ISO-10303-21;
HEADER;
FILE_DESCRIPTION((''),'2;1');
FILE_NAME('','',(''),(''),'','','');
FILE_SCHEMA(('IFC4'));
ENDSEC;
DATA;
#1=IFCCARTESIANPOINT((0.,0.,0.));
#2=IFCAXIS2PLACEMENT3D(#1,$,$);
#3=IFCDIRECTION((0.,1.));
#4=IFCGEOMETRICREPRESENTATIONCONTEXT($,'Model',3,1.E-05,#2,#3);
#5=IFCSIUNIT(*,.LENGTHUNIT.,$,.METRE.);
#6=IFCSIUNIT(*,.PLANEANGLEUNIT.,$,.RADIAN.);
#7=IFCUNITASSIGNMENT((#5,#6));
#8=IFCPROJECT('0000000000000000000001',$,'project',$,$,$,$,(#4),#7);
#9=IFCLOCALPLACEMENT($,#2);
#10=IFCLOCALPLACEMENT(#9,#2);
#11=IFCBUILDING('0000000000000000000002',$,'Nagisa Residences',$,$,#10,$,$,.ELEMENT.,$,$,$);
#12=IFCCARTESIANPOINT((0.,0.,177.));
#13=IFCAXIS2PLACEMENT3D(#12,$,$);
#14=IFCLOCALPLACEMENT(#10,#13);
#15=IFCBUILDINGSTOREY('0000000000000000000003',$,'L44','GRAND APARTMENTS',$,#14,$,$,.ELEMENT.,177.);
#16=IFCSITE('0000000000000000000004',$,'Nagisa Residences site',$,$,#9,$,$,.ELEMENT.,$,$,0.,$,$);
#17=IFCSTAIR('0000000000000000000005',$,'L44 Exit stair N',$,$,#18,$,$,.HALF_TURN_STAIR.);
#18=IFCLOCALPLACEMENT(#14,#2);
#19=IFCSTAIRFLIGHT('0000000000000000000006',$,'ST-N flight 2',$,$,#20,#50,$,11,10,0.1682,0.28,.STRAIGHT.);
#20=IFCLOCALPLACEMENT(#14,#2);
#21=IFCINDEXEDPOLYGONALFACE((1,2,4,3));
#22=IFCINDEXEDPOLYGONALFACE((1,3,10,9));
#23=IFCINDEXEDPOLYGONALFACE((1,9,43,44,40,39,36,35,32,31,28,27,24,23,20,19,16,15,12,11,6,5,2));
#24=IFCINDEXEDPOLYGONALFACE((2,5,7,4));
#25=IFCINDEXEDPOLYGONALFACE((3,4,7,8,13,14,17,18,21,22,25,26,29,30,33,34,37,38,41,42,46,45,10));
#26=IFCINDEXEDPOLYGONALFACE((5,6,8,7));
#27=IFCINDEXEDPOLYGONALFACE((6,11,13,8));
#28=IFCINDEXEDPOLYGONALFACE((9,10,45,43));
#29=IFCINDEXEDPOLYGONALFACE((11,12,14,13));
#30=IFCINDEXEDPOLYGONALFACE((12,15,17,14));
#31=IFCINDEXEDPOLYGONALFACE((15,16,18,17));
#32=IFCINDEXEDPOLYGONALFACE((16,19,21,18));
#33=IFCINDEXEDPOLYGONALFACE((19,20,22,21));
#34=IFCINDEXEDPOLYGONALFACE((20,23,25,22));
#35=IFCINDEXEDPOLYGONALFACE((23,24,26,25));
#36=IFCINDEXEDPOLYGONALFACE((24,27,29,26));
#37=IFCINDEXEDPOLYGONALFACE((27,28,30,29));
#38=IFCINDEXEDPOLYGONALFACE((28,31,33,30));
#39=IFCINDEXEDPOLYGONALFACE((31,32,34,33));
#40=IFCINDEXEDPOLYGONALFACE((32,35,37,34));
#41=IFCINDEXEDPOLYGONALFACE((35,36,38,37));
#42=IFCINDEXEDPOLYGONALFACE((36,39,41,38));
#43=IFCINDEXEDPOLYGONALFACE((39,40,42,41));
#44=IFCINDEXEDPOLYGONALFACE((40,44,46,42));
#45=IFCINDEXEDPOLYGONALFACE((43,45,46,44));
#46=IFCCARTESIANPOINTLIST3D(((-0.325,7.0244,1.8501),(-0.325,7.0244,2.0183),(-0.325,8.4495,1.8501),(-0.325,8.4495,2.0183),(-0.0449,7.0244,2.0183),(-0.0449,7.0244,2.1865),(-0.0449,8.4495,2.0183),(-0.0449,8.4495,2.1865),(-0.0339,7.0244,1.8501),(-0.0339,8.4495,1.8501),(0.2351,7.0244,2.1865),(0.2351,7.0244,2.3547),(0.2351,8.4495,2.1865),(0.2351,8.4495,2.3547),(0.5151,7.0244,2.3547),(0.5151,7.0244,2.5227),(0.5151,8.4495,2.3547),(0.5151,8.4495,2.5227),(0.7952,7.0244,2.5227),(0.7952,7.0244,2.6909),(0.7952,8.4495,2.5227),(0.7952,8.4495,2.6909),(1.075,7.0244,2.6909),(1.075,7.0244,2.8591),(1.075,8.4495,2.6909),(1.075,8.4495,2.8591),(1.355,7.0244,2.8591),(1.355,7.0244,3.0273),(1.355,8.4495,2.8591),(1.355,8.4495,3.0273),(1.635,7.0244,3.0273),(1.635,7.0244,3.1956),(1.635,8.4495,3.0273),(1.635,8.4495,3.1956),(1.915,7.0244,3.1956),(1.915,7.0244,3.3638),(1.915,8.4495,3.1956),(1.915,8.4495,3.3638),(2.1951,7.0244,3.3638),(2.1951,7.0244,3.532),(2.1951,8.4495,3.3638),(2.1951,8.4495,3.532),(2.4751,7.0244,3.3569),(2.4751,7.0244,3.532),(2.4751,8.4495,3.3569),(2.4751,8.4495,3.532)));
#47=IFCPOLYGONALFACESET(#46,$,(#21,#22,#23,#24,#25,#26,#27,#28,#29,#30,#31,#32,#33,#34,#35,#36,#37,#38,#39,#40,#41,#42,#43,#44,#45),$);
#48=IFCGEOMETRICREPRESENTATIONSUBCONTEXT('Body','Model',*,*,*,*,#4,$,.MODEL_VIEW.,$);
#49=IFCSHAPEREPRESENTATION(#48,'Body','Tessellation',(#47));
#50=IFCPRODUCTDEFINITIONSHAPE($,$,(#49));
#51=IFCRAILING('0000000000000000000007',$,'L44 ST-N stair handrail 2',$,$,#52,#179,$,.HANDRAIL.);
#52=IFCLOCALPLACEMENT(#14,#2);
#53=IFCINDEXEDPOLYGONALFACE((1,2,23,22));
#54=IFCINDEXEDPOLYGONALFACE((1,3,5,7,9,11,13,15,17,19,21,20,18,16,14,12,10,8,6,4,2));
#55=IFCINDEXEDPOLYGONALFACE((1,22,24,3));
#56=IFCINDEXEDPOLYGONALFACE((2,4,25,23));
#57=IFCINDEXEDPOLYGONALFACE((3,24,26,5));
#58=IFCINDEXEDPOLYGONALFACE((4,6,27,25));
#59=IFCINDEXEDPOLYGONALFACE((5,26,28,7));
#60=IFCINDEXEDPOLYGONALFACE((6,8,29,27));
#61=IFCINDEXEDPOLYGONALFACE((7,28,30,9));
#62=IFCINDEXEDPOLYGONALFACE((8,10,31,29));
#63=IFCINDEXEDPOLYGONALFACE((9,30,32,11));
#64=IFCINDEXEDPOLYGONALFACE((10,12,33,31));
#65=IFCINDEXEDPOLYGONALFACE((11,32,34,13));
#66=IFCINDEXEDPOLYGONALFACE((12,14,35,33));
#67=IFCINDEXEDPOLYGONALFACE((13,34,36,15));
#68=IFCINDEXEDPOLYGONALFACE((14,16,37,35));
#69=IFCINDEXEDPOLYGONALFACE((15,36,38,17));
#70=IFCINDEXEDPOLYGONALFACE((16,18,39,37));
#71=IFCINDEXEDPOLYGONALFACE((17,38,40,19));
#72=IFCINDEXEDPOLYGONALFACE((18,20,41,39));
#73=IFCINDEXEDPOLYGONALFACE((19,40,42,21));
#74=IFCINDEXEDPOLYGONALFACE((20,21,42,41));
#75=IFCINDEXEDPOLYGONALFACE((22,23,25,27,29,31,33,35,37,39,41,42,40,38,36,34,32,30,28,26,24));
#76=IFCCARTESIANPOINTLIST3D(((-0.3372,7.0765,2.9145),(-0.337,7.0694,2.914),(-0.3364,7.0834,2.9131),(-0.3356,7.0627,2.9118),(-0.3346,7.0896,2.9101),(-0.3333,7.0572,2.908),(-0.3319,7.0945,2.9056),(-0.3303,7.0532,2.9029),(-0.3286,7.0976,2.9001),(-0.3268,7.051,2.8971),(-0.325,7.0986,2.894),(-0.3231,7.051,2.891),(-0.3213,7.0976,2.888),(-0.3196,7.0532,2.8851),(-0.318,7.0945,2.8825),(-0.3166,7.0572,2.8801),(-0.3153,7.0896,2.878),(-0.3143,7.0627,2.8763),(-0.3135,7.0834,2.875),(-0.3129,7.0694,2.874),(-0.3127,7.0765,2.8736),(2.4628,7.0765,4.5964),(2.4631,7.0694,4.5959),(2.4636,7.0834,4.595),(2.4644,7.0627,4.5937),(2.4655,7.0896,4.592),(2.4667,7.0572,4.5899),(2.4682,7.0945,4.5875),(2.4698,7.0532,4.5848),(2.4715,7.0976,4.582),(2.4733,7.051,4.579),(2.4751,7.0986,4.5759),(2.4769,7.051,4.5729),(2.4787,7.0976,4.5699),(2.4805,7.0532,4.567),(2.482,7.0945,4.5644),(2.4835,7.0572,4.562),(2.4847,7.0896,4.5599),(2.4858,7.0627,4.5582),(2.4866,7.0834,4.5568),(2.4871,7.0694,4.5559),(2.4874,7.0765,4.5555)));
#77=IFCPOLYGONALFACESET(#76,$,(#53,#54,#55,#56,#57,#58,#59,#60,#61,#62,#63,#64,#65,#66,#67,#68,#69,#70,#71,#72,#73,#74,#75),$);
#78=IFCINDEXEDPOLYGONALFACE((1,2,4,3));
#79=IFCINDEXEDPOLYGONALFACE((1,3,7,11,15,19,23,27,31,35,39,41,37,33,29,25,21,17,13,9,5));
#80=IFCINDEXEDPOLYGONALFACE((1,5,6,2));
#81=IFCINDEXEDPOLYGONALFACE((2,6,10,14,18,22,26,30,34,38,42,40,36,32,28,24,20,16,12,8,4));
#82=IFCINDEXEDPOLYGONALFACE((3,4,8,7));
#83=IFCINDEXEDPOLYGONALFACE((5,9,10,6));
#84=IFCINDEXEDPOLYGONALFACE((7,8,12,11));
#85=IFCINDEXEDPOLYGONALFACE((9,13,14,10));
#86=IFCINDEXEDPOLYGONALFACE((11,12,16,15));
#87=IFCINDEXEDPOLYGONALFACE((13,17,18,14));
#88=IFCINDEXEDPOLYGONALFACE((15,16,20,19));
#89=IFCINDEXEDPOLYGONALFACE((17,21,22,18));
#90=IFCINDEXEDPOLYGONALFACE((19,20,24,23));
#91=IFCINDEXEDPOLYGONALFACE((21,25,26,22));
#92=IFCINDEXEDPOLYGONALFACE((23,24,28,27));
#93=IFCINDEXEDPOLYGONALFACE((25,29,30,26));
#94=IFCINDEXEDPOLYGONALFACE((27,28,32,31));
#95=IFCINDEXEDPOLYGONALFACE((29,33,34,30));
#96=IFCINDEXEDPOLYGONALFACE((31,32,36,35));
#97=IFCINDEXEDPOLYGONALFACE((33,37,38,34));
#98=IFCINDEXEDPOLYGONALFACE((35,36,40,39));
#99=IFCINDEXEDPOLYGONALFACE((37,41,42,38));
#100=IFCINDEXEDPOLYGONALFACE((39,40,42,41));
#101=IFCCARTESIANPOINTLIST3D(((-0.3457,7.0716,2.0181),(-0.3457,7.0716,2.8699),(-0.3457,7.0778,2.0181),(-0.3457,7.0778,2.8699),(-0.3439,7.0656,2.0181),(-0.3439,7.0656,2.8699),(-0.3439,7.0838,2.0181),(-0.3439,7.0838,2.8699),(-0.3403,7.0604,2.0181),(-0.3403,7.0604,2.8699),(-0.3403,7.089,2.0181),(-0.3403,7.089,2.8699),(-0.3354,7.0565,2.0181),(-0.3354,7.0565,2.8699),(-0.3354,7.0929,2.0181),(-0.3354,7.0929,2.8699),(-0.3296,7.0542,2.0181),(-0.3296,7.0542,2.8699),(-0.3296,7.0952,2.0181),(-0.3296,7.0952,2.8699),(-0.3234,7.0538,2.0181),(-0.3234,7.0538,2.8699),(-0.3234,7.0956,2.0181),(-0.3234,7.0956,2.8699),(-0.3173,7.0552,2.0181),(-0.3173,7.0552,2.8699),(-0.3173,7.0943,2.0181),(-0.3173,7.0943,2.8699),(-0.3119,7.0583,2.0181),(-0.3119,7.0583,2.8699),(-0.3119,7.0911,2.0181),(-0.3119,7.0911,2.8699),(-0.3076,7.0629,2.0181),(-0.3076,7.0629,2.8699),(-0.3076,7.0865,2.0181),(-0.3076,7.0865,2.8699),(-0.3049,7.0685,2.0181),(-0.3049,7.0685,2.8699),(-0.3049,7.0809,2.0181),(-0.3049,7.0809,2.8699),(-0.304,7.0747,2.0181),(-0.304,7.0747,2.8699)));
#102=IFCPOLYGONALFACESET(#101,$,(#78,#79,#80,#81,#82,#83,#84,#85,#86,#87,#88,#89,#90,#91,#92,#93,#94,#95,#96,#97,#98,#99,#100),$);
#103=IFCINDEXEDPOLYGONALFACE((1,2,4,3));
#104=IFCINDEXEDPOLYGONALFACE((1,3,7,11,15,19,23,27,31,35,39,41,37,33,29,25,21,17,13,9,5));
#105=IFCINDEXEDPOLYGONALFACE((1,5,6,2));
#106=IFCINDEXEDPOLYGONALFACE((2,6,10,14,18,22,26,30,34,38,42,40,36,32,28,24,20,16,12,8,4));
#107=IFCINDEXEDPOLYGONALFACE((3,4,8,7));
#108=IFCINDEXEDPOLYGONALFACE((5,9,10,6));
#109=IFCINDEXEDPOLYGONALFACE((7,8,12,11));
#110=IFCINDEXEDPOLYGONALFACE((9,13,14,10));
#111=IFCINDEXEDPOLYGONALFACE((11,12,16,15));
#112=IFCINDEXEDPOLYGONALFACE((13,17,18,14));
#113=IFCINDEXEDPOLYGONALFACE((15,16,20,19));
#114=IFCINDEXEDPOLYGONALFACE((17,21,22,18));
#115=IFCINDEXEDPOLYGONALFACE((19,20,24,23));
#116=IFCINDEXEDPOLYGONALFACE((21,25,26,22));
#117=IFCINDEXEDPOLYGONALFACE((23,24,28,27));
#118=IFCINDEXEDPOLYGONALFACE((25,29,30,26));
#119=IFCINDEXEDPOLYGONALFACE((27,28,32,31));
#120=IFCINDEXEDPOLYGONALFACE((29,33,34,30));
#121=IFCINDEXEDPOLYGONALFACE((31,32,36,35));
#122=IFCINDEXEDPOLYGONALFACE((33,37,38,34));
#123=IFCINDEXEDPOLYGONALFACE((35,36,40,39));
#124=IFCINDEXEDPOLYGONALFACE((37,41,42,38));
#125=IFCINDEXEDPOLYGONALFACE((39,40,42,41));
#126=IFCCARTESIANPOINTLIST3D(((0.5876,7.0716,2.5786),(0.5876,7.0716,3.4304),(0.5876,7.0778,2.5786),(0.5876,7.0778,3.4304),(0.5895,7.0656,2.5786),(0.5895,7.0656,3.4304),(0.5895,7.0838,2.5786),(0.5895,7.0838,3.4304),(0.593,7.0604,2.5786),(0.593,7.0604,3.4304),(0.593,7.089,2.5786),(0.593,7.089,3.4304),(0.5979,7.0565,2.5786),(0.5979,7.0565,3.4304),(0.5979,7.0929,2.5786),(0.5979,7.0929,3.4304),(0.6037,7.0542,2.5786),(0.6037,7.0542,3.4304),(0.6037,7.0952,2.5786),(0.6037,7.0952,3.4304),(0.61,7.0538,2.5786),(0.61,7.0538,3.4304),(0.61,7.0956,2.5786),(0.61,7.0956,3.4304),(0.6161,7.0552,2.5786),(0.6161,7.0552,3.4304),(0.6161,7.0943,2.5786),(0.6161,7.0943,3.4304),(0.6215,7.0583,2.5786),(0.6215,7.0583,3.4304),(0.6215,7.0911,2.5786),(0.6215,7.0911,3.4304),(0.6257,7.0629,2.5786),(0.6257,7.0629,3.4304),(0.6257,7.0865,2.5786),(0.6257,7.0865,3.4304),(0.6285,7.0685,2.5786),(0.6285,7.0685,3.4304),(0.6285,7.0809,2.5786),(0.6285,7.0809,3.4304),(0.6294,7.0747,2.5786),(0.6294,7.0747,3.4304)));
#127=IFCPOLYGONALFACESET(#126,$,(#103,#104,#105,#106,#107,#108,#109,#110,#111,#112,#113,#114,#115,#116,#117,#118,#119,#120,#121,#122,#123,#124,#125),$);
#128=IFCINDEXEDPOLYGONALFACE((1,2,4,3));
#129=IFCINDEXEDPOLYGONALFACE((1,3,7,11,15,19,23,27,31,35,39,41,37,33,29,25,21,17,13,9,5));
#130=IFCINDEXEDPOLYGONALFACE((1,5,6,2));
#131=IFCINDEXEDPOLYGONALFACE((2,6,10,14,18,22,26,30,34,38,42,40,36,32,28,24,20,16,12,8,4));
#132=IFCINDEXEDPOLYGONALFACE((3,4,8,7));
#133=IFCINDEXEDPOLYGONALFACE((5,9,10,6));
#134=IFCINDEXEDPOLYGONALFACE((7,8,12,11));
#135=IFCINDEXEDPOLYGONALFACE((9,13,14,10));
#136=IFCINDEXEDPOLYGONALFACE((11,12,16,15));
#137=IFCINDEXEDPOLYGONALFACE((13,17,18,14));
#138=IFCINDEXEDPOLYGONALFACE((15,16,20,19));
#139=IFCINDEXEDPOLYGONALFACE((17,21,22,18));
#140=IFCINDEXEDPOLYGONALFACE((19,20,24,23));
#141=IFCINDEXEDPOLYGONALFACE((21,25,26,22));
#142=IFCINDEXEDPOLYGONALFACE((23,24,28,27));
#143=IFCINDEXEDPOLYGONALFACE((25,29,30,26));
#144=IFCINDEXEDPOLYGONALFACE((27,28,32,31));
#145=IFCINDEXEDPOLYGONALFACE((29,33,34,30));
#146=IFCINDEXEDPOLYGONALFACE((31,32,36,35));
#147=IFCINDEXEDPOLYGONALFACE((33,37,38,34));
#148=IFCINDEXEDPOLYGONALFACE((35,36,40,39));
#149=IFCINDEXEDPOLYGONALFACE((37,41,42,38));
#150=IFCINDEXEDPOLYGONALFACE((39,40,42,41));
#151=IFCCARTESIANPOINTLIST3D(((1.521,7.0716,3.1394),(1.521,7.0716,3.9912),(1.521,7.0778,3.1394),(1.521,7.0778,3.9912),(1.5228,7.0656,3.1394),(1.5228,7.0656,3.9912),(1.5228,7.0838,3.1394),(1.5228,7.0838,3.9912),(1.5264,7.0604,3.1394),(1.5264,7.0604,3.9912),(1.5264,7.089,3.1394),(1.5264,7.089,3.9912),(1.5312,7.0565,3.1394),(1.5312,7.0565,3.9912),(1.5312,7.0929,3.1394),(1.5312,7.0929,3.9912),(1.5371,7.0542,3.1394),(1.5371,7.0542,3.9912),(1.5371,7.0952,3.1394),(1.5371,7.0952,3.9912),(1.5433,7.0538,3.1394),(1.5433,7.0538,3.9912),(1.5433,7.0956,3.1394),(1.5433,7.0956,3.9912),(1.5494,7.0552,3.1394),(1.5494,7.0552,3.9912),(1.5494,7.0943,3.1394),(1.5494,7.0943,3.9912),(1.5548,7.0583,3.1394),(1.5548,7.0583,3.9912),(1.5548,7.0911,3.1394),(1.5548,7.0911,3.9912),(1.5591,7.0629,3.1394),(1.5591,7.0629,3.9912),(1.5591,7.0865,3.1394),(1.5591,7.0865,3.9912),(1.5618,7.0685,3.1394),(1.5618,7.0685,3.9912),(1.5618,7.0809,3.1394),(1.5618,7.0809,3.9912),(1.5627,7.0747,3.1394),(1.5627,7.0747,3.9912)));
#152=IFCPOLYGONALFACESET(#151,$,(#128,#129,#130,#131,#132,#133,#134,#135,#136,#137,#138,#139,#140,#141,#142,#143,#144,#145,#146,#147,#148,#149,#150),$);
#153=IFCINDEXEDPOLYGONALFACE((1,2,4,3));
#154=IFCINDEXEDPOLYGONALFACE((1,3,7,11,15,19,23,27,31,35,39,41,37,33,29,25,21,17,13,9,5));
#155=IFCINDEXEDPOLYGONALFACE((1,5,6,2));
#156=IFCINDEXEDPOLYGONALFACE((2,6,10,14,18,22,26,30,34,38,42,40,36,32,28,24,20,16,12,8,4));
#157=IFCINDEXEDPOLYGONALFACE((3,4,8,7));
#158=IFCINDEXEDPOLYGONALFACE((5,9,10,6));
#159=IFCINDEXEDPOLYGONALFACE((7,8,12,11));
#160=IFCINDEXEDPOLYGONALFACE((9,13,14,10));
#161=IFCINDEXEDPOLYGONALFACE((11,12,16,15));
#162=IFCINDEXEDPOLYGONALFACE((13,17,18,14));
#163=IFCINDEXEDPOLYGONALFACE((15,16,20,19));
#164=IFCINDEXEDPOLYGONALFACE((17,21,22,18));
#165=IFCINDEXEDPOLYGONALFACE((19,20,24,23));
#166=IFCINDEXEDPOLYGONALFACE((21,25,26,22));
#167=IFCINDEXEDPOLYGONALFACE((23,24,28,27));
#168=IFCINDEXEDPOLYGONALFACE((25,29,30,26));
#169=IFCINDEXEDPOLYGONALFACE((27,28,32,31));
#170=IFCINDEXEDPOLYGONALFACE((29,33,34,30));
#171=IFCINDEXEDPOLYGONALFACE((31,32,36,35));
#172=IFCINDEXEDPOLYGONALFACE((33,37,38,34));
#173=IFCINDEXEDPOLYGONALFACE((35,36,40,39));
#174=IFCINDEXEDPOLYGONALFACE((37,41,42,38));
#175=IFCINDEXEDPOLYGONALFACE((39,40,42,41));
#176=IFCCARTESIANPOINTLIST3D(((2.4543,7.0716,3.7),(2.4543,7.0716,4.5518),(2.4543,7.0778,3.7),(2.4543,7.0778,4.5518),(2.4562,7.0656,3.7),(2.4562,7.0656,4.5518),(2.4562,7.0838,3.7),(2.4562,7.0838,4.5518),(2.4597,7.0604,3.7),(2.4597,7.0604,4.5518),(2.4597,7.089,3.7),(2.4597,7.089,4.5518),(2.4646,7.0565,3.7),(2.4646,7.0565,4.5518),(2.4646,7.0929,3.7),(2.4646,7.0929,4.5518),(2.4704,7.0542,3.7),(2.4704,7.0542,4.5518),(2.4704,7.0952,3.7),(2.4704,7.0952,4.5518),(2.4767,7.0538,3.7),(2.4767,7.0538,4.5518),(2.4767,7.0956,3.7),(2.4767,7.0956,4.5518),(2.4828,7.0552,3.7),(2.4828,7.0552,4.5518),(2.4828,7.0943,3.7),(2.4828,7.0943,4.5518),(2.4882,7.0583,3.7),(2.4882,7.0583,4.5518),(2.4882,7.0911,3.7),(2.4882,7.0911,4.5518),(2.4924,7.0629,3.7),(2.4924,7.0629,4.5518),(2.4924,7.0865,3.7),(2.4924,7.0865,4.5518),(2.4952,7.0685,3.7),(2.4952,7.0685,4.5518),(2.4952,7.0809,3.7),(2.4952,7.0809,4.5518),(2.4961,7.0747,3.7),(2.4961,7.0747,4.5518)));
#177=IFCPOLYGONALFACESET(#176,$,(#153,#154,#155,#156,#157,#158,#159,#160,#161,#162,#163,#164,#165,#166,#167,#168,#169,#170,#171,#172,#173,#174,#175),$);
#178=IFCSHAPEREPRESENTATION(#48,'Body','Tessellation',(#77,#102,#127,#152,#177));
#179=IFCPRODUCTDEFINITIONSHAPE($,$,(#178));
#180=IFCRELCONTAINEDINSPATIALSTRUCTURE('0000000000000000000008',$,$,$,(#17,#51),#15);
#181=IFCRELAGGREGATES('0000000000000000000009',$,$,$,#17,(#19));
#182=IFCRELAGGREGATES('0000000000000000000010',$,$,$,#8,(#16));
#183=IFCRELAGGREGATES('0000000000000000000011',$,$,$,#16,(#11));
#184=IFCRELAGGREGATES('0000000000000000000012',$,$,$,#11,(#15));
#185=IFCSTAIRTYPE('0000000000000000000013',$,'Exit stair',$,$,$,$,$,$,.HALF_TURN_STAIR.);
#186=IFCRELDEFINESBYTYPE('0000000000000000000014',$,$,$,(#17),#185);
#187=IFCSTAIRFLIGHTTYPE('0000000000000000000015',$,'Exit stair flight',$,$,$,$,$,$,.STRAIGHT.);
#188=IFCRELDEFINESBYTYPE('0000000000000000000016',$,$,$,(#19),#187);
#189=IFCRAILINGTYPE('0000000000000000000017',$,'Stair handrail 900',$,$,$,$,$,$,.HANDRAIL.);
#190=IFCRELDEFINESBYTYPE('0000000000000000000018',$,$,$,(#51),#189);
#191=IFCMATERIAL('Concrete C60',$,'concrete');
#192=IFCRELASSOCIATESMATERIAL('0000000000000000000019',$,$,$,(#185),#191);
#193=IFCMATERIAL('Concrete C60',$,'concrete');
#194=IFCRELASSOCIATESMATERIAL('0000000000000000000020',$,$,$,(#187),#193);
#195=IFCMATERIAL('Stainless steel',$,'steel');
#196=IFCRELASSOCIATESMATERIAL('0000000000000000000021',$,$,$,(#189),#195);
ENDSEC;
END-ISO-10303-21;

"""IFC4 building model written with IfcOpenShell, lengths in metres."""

from ifc_helpers import new_model, si_unit, direction, frame, origin, origin_2d, place, context, subcontext, project, spatial, polyline, circle, outline, extrude, material, type_object, element, aggregate, save


model = new_model("IFC4")

# Units and contexts
model_context = context("Model", 3, precision=1e-05, world=origin(), true_north=direction((0.0, 1.0)))
body_context = subcontext(model_context, "Body", "Model", "MODEL_VIEW")
ifc_project = project(units=[si_unit("LENGTHUNIT", "METRE"), si_unit("PLANEANGLEUNIT", "RADIAN")], contexts=[model_context])

# Site, building, storey
site_placement = place(None, origin())
site = spatial("IfcSite", under=ifc_project, at=site_placement, Name="Nagisa Residences site", CompositionType="ELEMENT", RefElevation=0.0)
building_placement = place(site_placement, origin())
building = spatial("IfcBuilding", under=site, at=building_placement, Name="Nagisa Residences", CompositionType="ELEMENT")
storey_placement = place(building_placement, frame((0.0, 0.0, 177.0)))
storey = spatial("IfcBuildingStorey", under=building, at=storey_placement, Name="L44", Description="GRAND APARTMENTS", CompositionType="ELEMENT", Elevation=177.0)

# Stair
ifc_material_1 = material(Name="Concrete C60", Category="concrete")
stair_type = type_object("IfcStairType", Name="Exit stair", PredefinedType="HALF_TURN_STAIR", material=ifc_material_1)
stair_1_placement = place(storey_placement, origin())
stair_1 = element("IfcStair", 1, at=stair_1_placement, inside=storey, type_object=stair_type, Name="L44 Exit stair N", PredefinedType="HALF_TURN_STAIR")

# Stair flight
ifc_material_2 = material(Name="Concrete C60", Category="concrete")
stair_flight_type = type_object("IfcStairFlightType", Name="Exit stair flight", PredefinedType="STRAIGHT", material=ifc_material_2)
stair_flight_placement = place(storey_placement, frame((-0.325, 7.7371, 1.8501), z_axis=(0.0, 0.0, 1.0), x_axis=(1.0, 0.0, 0.0)))
stair_flight = element("IfcStairFlight", 2, at=stair_flight_placement, type_object=stair_flight_type, Name="ST-N flight 2", NumberOfRisers=11, NumberOfTreads=10, PredefinedType="STRAIGHT", RiserHeight=0.1682, TreadLength=0.28, context=body_context, shape_type="SweptSolid", body=[
    extrude(outline(polyline([(0.0, 0.0), (0.0, 0.1682), (0.28, 0.1682), (0.28, 0.3364), (0.5601, 0.3364), (0.5601, 0.5046), (0.8401, 0.5046), (0.8401, 0.6726), (1.1201, 0.6726), (1.1201, 0.8408), (1.3999, 0.8408), (1.3999, 1.009), (1.6799, 1.009), (1.6799, 1.1772), (1.96, 1.1772), (1.96, 1.3455), (2.24, 1.3455), (2.24, 1.5137), (2.52, 1.5137), (2.52, 1.6819), (2.8, 1.6819), (2.8, 1.8501), (2.8, 1.5068), (0.291, 0.0), (0.0, 0.0)])), frame((0.0, 0.7124, 0.0), z_axis=(0.0, -1.0, 0.0), x_axis=(1.0, 0.0, 0.0)), (0.0, 0.0, 1.0), 1.425),
])
aggregate(stair_1, [stair_flight])

# Railing
ifc_material_3 = material(Name="Stainless steel", Category="steel")
railing_type = type_object("IfcRailingType", Name="Stair handrail 900", PredefinedType="HANDRAIL", material=ifc_material_3)
railing_placement = place(storey_placement, frame((-0.325, 7.0747, 2.0181)))
element("IfcRailing", 3, at=railing_placement, inside=storey, type_object=railing_type, Name="L44 ST-N stair handrail 2", PredefinedType="HANDRAIL", context=body_context, shape_type="SweptSolid", body=[
    extrude(circle(Radius=0.0239, at=origin_2d()), frame((0.0, 0.0, 0.876), z_axis=(0.857242, 0.0, 0.514913), x_axis=(0.0, 1.0, 0.0)), (0.0, 0.0, 1.0), 3.2664),
    extrude(circle(Radius=0.021, at=origin_2d()), origin(), (0.0, 0.0, 1.0), 0.8518),
    extrude(circle(Radius=0.021, at=origin_2d()), frame((0.9333, 0.0, 0.5605)), (0.0, 0.0, 1.0), 0.8518),
    extrude(circle(Radius=0.021, at=origin_2d()), frame((1.8667, 0.0, 1.1213)), (0.0, 0.0, 1.0), 0.8518),
    extrude(circle(Radius=0.021, at=origin_2d()), frame((2.8, 0.0, 1.6819)), (0.0, 0.0, 1.0), 0.8518),
])

save(model, "model.ifc")
